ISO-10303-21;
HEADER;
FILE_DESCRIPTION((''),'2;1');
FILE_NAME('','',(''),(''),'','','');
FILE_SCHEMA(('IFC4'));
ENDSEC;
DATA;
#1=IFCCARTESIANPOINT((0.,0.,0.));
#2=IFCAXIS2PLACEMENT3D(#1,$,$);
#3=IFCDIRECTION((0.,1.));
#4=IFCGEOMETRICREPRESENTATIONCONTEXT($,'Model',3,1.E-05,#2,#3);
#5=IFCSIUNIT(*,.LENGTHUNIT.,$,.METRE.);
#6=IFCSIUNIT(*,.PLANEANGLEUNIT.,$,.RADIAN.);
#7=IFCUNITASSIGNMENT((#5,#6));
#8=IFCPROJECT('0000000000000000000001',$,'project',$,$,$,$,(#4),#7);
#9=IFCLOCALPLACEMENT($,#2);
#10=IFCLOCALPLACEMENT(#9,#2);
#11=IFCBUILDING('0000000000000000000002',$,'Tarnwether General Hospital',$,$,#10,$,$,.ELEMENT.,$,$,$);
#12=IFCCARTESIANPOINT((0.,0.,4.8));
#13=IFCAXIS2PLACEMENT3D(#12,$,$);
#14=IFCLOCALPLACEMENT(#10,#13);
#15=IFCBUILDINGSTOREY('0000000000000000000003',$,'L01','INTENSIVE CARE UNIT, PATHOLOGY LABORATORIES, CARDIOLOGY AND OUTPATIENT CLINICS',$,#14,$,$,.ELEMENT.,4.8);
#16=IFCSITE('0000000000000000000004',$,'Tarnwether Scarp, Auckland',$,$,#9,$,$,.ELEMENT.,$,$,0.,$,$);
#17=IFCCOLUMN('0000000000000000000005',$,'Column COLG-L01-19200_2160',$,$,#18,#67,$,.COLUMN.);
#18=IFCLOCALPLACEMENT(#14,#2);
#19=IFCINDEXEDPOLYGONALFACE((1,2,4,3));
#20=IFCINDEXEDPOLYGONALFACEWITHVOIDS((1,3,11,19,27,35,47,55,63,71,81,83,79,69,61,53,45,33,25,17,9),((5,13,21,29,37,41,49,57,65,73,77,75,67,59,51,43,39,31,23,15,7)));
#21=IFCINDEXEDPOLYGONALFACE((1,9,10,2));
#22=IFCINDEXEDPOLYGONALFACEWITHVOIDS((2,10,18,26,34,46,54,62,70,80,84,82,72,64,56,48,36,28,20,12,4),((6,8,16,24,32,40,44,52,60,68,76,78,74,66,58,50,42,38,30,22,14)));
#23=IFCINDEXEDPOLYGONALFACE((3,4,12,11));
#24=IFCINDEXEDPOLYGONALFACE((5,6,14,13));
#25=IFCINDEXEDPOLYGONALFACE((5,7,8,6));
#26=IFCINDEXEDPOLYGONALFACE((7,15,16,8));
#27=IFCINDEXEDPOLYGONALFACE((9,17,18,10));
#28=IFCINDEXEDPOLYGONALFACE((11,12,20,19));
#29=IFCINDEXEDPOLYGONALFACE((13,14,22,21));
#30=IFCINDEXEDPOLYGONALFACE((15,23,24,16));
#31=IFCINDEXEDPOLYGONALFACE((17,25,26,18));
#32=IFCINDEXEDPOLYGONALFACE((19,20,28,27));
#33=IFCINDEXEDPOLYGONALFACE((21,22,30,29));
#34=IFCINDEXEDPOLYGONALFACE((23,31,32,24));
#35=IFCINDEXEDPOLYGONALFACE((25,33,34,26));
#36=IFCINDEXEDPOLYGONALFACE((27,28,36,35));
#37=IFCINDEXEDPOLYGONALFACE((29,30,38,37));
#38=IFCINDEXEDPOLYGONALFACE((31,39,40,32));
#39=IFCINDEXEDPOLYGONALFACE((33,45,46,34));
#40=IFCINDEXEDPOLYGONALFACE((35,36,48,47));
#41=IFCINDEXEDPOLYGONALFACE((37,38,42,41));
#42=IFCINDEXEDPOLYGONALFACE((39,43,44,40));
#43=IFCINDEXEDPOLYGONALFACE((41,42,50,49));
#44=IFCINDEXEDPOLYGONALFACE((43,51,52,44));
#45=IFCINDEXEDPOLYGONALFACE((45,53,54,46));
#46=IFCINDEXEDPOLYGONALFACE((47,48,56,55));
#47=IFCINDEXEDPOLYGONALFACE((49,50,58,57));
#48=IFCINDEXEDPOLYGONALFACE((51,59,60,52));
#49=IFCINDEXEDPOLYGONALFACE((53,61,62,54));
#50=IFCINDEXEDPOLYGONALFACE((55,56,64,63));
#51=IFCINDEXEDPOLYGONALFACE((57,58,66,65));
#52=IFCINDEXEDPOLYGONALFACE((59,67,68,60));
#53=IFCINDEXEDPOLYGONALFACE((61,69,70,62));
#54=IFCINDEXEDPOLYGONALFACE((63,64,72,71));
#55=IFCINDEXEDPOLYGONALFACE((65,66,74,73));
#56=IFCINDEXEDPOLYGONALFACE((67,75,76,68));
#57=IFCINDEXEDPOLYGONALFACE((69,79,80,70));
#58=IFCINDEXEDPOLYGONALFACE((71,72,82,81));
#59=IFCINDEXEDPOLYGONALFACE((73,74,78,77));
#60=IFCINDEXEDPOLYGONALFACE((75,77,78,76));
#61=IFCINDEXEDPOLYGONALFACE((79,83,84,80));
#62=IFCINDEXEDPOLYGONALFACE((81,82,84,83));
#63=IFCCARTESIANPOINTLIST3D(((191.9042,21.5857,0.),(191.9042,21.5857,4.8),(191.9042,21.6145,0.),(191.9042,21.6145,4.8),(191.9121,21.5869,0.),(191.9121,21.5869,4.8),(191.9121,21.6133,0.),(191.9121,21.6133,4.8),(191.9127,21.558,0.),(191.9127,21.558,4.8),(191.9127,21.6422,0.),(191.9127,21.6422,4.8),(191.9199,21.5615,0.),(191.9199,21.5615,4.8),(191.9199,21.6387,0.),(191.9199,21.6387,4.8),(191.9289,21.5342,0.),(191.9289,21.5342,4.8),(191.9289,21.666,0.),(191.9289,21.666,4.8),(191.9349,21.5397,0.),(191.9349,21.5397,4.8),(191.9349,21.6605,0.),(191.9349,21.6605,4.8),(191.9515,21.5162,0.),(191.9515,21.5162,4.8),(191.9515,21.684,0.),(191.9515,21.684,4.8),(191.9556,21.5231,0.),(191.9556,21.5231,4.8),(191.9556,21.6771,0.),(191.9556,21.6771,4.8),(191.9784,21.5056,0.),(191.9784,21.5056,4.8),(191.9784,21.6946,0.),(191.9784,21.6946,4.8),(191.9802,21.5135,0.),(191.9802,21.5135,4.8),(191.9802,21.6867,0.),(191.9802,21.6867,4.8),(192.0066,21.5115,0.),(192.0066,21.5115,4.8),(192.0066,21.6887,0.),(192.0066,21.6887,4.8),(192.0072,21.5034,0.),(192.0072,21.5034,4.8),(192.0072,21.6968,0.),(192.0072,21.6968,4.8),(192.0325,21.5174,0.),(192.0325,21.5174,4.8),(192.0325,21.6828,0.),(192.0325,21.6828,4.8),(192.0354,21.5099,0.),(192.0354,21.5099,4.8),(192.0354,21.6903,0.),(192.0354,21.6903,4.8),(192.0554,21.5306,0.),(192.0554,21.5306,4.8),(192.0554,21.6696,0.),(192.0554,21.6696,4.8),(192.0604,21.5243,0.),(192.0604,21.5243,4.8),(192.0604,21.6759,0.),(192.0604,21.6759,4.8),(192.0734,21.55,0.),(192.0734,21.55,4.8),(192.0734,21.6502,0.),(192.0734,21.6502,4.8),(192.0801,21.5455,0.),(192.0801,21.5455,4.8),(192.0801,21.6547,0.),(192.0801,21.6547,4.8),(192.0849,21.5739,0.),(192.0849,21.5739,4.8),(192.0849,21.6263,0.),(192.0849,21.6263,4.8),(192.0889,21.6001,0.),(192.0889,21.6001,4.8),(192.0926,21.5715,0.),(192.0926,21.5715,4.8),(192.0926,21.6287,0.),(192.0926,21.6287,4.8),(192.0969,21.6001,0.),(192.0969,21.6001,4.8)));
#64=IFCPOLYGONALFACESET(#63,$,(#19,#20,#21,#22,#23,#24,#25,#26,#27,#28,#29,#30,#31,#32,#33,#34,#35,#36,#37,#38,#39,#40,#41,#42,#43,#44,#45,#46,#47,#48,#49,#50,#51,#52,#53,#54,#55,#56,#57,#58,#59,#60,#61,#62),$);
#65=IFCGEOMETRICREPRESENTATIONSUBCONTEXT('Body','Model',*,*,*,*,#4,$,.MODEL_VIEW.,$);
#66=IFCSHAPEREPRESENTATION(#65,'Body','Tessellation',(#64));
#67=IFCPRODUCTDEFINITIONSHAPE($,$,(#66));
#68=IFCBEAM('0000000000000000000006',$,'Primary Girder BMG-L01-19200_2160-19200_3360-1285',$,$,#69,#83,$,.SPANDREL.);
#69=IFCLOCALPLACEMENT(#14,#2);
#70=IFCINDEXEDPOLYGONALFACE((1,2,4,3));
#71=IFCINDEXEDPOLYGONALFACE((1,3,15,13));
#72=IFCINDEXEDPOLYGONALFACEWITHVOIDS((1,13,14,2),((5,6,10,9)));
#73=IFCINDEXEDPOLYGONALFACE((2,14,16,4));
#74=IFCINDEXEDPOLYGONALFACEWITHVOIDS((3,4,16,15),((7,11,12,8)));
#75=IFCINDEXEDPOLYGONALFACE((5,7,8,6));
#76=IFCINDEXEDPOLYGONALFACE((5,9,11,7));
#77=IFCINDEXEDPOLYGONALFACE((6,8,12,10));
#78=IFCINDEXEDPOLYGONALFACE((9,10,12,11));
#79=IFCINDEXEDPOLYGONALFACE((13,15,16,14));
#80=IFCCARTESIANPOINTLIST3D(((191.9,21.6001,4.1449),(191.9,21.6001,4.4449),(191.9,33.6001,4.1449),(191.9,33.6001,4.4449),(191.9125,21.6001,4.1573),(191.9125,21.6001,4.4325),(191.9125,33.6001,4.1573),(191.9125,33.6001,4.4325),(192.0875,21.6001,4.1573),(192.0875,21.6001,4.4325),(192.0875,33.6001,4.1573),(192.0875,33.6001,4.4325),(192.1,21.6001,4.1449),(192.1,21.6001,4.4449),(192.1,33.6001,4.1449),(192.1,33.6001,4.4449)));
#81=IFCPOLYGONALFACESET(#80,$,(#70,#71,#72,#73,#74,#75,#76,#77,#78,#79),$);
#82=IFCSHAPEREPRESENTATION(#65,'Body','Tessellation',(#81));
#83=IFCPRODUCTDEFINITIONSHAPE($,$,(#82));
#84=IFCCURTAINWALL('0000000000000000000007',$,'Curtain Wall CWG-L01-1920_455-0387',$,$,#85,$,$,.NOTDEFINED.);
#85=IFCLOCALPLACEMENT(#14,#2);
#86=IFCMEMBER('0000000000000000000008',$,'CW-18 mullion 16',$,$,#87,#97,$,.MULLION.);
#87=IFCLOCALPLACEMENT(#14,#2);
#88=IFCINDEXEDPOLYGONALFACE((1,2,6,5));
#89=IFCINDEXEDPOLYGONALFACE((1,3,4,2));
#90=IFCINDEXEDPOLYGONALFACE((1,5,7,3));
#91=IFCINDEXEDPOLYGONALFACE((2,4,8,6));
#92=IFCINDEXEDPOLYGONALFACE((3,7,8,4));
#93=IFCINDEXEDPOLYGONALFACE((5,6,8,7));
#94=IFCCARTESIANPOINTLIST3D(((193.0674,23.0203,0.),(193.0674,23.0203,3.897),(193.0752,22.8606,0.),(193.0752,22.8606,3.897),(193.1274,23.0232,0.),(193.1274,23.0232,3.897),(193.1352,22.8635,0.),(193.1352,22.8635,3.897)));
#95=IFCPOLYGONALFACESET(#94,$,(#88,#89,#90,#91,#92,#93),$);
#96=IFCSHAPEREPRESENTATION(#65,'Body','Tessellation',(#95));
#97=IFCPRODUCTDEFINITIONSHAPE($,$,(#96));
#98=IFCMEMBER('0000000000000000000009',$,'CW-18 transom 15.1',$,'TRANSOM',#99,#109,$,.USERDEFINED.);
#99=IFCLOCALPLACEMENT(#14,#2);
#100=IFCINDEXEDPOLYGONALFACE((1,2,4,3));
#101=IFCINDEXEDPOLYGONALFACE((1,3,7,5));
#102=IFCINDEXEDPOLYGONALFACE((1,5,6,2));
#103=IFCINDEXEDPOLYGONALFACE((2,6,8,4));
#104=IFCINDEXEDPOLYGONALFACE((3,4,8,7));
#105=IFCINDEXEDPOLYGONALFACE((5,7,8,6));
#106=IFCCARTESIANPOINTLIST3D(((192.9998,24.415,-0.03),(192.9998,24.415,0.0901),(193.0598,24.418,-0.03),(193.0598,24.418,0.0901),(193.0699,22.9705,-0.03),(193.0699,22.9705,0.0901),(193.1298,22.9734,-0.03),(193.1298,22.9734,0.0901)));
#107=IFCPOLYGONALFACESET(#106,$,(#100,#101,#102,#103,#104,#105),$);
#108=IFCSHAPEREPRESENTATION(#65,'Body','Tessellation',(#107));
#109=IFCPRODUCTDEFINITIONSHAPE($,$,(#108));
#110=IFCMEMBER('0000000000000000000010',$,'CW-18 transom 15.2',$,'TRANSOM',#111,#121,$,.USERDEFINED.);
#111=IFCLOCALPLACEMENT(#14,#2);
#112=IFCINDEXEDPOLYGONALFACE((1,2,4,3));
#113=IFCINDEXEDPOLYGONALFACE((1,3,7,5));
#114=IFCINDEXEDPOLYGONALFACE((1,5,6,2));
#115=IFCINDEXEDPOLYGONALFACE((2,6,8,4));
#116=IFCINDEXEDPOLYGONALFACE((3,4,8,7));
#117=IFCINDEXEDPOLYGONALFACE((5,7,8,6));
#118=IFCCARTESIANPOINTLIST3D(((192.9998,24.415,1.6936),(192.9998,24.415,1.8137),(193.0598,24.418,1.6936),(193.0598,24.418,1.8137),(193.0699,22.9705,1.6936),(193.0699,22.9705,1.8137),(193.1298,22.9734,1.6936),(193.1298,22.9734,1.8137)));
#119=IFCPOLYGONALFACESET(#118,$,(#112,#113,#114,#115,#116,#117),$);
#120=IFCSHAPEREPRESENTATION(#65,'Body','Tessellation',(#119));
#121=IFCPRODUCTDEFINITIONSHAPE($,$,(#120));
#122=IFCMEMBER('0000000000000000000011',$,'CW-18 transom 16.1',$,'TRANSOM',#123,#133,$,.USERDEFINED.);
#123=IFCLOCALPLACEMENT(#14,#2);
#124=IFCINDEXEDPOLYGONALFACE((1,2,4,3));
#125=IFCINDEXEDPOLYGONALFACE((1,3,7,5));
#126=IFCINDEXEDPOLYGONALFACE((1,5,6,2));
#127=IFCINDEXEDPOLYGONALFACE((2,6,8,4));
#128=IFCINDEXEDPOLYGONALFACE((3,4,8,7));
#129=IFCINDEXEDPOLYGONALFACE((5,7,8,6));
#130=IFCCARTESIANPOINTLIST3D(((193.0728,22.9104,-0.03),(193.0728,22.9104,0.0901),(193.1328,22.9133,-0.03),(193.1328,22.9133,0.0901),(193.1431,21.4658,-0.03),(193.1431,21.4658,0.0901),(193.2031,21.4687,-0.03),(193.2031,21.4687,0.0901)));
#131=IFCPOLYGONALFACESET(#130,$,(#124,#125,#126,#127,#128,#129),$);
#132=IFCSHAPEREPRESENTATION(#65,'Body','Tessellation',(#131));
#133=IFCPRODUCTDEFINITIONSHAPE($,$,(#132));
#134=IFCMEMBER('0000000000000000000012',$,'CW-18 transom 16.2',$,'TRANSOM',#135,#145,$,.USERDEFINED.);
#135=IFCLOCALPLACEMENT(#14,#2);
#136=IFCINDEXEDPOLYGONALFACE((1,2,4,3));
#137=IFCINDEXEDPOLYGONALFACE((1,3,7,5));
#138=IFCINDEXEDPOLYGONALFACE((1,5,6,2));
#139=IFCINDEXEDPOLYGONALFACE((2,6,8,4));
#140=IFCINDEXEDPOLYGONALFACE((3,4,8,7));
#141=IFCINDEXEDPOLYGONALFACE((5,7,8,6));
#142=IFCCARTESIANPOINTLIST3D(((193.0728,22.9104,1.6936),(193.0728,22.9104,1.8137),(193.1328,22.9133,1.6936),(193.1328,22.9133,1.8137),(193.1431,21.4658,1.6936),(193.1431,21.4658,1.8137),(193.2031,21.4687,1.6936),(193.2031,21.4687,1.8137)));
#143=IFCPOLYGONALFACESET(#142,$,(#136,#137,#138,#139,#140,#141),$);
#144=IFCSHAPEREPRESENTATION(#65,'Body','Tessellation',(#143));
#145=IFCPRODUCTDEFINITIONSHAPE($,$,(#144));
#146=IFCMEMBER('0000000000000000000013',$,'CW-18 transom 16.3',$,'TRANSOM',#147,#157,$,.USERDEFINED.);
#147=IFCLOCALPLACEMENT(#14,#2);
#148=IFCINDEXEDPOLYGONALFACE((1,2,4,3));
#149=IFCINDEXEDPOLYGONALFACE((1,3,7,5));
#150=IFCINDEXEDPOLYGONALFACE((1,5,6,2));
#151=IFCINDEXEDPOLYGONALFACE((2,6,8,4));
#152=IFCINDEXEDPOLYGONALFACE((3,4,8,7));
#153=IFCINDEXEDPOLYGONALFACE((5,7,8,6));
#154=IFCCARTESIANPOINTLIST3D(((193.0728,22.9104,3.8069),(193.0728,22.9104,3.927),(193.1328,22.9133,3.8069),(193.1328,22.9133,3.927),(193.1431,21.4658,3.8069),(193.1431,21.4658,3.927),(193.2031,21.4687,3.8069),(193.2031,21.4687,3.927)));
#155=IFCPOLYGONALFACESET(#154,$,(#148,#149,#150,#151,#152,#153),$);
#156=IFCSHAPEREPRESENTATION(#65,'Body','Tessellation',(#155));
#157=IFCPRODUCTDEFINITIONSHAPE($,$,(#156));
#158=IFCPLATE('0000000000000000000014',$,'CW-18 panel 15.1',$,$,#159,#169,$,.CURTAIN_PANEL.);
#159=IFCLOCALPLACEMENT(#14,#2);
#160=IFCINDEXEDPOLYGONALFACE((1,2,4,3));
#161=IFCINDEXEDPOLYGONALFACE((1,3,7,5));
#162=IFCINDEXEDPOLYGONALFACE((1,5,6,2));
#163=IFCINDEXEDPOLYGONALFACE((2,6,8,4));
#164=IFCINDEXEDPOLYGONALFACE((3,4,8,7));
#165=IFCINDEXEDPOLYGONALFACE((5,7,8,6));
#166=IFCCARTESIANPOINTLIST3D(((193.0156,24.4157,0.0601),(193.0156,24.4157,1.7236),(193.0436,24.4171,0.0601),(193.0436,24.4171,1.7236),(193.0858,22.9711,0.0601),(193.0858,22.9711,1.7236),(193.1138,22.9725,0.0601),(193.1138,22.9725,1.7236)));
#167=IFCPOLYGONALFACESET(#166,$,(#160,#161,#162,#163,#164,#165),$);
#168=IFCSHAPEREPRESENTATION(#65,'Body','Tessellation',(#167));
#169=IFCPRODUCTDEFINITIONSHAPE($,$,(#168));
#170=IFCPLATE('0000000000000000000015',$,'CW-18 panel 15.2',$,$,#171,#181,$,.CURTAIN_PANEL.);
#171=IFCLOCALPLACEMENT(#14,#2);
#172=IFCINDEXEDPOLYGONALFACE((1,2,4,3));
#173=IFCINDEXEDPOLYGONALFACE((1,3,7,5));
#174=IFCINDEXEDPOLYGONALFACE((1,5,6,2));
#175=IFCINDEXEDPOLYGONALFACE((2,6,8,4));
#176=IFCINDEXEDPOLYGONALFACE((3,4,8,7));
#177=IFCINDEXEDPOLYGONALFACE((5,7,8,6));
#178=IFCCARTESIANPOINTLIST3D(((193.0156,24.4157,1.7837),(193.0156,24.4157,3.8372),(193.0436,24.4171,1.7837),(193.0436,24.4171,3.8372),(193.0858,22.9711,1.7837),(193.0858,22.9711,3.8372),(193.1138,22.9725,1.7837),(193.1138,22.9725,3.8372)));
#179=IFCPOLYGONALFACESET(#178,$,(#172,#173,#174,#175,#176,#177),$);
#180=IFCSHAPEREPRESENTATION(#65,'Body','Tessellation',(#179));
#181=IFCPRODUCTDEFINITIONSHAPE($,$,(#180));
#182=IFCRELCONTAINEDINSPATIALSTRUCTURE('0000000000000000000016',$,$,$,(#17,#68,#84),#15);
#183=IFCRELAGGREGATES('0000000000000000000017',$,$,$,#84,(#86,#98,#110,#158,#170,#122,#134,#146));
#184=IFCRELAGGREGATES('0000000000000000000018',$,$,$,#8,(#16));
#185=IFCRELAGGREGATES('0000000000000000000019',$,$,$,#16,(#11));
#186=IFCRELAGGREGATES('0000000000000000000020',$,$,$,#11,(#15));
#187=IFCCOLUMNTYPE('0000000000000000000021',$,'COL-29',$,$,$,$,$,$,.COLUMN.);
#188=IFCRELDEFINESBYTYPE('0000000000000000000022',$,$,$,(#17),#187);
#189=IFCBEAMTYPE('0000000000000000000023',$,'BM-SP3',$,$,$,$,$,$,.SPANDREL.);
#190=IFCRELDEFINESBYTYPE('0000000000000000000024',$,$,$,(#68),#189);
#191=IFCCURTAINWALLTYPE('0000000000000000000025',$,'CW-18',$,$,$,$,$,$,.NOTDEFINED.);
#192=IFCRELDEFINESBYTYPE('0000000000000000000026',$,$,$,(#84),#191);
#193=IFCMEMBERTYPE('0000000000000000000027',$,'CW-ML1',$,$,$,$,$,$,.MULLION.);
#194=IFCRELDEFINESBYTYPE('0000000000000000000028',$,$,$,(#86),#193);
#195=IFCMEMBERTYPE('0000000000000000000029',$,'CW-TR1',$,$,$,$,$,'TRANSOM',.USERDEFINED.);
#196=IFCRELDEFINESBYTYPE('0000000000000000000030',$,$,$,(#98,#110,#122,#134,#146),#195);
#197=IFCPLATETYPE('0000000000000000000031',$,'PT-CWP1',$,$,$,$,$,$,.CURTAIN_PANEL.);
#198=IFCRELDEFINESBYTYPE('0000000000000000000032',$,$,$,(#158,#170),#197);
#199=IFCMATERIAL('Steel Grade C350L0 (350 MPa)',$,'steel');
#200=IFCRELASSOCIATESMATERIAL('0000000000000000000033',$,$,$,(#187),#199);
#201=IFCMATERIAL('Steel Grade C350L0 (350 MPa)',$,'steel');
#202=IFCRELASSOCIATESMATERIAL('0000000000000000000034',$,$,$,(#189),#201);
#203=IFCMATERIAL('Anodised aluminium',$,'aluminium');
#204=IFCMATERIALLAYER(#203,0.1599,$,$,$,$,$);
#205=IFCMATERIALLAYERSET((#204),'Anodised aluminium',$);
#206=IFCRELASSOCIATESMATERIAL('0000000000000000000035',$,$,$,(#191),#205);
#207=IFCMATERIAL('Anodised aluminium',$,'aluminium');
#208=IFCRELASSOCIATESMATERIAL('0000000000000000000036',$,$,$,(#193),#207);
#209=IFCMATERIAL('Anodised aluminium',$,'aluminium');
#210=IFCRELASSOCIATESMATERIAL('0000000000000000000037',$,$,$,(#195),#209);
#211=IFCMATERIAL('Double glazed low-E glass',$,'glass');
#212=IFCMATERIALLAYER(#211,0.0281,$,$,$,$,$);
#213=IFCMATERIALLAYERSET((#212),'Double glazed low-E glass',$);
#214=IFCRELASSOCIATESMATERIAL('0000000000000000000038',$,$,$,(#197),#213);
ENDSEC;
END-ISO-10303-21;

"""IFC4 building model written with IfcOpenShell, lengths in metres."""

from ifc_helpers import new_model, si_unit, direction, frame, origin, origin_2d, place, context, subcontext, project, spatial, rectangle, hollow_rectangle, hollow_circle, extrude, material, layer, layer_set, material_profile, profile_set, type_object, element, aggregate, save


model = new_model("IFC4")

# Units and contexts
model_context = context("Model", 3, precision=1e-05, world=origin(), true_north=direction((0.0, 1.0)))
body_context = subcontext(model_context, "Body", "Model", "MODEL_VIEW")
ifc_project = project(units=[si_unit("LENGTHUNIT", "METRE"), si_unit("PLANEANGLEUNIT", "RADIAN")], contexts=[model_context])

# Site, building, storey
site_placement = place(None, origin())
site = spatial("IfcSite", under=ifc_project, at=site_placement, Name="Tarnwether Scarp, Auckland", CompositionType="ELEMENT", RefElevation=0.0)
building_placement = place(site_placement, origin())
building = spatial("IfcBuilding", under=site, at=building_placement, Name="Tarnwether General Hospital", CompositionType="ELEMENT")
storey_placement = place(building_placement, frame((0.0, 0.0, 4.8)))
storey = spatial("IfcBuildingStorey", under=building, at=storey_placement, Name="L01", Description="INTENSIVE CARE UNIT, PATHOLOGY LABORATORIES, CARDIOLOGY AND OUTPATIENT CLINICS", CompositionType="ELEMENT", Elevation=4.8)

# Column
ifc_material_1 = material(Name="Steel Grade C350L0 (350 MPa)", Category="steel")
ifc_material_profile_1 = material_profile(ifc_material_1, hollow_circle(Radius=0.0969, WallThickness=0.0081, at=origin_2d()), Name="CHS193.7x8.0")
ifc_profile_set_1 = profile_set([ifc_material_profile_1], Name="Steel Grade C350L0 (350 MPa)")
column_type = type_object("IfcColumnType", Name="COL-29", PredefinedType="COLUMN", material=ifc_profile_set_1)
column_placement = place(storey_placement, frame((192.0, 21.6001, 0.0), z_axis=(0.0, 0.0, 1.0), x_axis=(1.0, 0.0, 0.0)))
element("IfcColumn", 1, at=column_placement, inside=storey, type_object=column_type, Name="Column COLG-L01-19200_2160", PredefinedType="COLUMN", context=body_context, shape_type="SweptSolid", body=[
    extrude(hollow_circle(Radius=0.0969, WallThickness=0.0081, at=origin_2d()), origin(), (0.0, 0.0, 1.0), 4.8),
])

# Beam
ifc_material_2 = material(Name="Steel Grade C350L0 (350 MPa)", Category="steel")
ifc_material_profile_2 = material_profile(ifc_material_2, hollow_rectangle(XDim=0.2, YDim=0.3, WallThickness=0.0125, at=origin_2d()), Name="RHS300x200x12.5")
ifc_profile_set_2 = profile_set([ifc_material_profile_2], Name="Steel Grade C350L0 (350 MPa)")
beam_type = type_object("IfcBeamType", Name="BM-SP3", PredefinedType="SPANDREL", material=ifc_profile_set_2)
beam_placement = place(storey_placement, frame((192.0, 21.6001, 4.2949), z_axis=(0.0, 1.0, 0.0), x_axis=(-1.0, 0.0, 0.0)))
element("IfcBeam", 2, at=beam_placement, inside=storey, type_object=beam_type, Name="Primary Girder BMG-L01-19200_2160-19200_3360-1285", PredefinedType="SPANDREL", context=body_context, shape_type="SweptSolid", body=[
    extrude(hollow_rectangle(XDim=0.2, YDim=0.3, WallThickness=0.0125, at=origin_2d()), origin(), (0.0, 0.0, 1.0), 12.0),
])

# Curtain wall, members, plates
ifc_material_3 = material(Name="Anodised aluminium", Category="aluminium")
ifc_layer_1 = layer(ifc_material_3, 0.1599)
ifc_layer_set_1 = layer_set([ifc_layer_1], Name="Anodised aluminium")
curtain_wall_type = type_object("IfcCurtainWallType", Name="CW-18", PredefinedType="NOTDEFINED", material=ifc_layer_set_1)
curtain_wall_placement = place(storey_placement, origin())
curtain_wall = element("IfcCurtainWall", 3, at=curtain_wall_placement, inside=storey, type_object=curtain_wall_type, Name="Curtain Wall CWG-L01-1920_455-0387", PredefinedType="NOTDEFINED")
ifc_material_4 = material(Name="Anodised aluminium", Category="aluminium")
ifc_material_profile_3 = material_profile(ifc_material_4, rectangle(XDim=0.0601, YDim=0.1599, at=origin_2d()), Name="ALU-MUL-60x160")
ifc_profile_set_3 = profile_set([ifc_material_profile_3], Name="Anodised aluminium")
member_type_1 = type_object("IfcMemberType", Name="CW-ML1", PredefinedType="MULLION", material=ifc_profile_set_3)
member_1_placement = place(storey_placement, frame((193.1013, 22.9419, 0.0), z_axis=(0.0, 0.0, 1.0), x_axis=(0.99882, 0.04857, 0.0)))
member_1 = element("IfcMember", 4, at=member_1_placement, type_object=member_type_1, Name="CW-18 mullion 16", PredefinedType="MULLION", context=body_context, shape_type="SweptSolid", body=[
    extrude(rectangle(XDim=0.0601, YDim=0.1599, at=origin_2d()), origin(), (0.0, 0.0, 1.0), 3.897),
])
ifc_material_5 = material(Name="Anodised aluminium", Category="aluminium")
ifc_material_profile_4 = material_profile(ifc_material_5, rectangle(XDim=0.0601, YDim=0.1201, at=origin_2d()), Name="ALU-TRN-60x120")
ifc_profile_set_4 = profile_set([ifc_material_profile_4], Name="Anodised aluminium")
member_type_2 = type_object("IfcMemberType", Name="CW-TR1", ElementType="TRANSOM", PredefinedType="USERDEFINED", material=ifc_profile_set_4)
member_2_placement = place(storey_placement, frame((193.0298, 24.4165, 0.03), z_axis=(0.048447, -0.998826, 0.0), x_axis=(0.998826, 0.048447, 0.0)))
member_2 = element("IfcMember", 5, at=member_2_placement, type_object=member_type_2, Name="CW-18 transom 15.1", ObjectType="TRANSOM", PredefinedType="USERDEFINED", context=body_context, shape_type="SweptSolid", body=[
    extrude(rectangle(XDim=0.0601, YDim=0.1201, at=origin_2d()), origin(), (0.0, 0.0, 1.0), 1.4463),
])
member_3_placement = place(storey_placement, frame((193.0298, 24.4165, 1.7537), z_axis=(0.048447, -0.998826, 0.0), x_axis=(0.998826, 0.048447, 0.0)))
member_3 = element("IfcMember", 6, at=member_3_placement, type_object=member_type_2, Name="CW-18 transom 15.2", ObjectType="TRANSOM", PredefinedType="USERDEFINED", context=body_context, shape_type="SweptSolid", body=[
    extrude(rectangle(XDim=0.0601, YDim=0.1201, at=origin_2d()), origin(), (0.0, 0.0, 1.0), 1.4463),
])
member_4_placement = place(storey_placement, frame((193.1028, 22.9119, 0.03), z_axis=(0.048616, -0.998818, 0.0), x_axis=(0.998818, 0.048616, 0.0)))
member_4 = element("IfcMember", 7, at=member_4_placement, type_object=member_type_2, Name="CW-18 transom 16.1", ObjectType="TRANSOM", PredefinedType="USERDEFINED", context=body_context, shape_type="SweptSolid", body=[
    extrude(rectangle(XDim=0.0601, YDim=0.1201, at=origin_2d()), origin(), (0.0, 0.0, 1.0), 1.4463),
])
member_5_placement = place(storey_placement, frame((193.1028, 22.9119, 1.7537), z_axis=(0.048616, -0.998818, 0.0), x_axis=(0.998818, 0.048616, 0.0)))
member_5 = element("IfcMember", 8, at=member_5_placement, type_object=member_type_2, Name="CW-18 transom 16.2", ObjectType="TRANSOM", PredefinedType="USERDEFINED", context=body_context, shape_type="SweptSolid", body=[
    extrude(rectangle(XDim=0.0601, YDim=0.1201, at=origin_2d()), origin(), (0.0, 0.0, 1.0), 1.4463),
])
member_6_placement = place(storey_placement, frame((193.1028, 22.9119, 3.8669), z_axis=(0.048616, -0.998818, 0.0), x_axis=(0.998818, 0.048616, 0.0)))
member_6 = element("IfcMember", 9, at=member_6_placement, type_object=member_type_2, Name="CW-18 transom 16.3", ObjectType="TRANSOM", PredefinedType="USERDEFINED", context=body_context, shape_type="SweptSolid", body=[
    extrude(rectangle(XDim=0.0601, YDim=0.1201, at=origin_2d()), origin(), (0.0, 0.0, 1.0), 1.4463),
])
ifc_material_6 = material(Name="Double glazed low-E glass", Category="glass")
ifc_layer_2 = layer(ifc_material_6, 0.0281)
ifc_layer_set_2 = layer_set([ifc_layer_2], Name="Double glazed low-E glass")
plate_type_1 = type_object("IfcPlateType", Name="PT-CWP1", PredefinedType="CURTAIN_PANEL", material=ifc_layer_set_2)
plate_1_placement = place(storey_placement, frame((193.0647, 23.6941, 0.0601), z_axis=(0.0, 0.0, 1.0), x_axis=(0.04857, -0.99882, 0.0)))
plate_1 = element("IfcPlate", 10, at=plate_1_placement, type_object=plate_type_1, Name="CW-18 panel 15.1", PredefinedType="CURTAIN_PANEL", context=body_context, shape_type="SweptSolid", body=[
    extrude(rectangle(XDim=1.4463, YDim=0.0281, at=origin_2d()), origin(), (0.0, 0.0, 1.0), 1.6636),
])
plate_2_placement = place(storey_placement, frame((193.0647, 23.6941, 1.7837), z_axis=(0.0, 0.0, 1.0), x_axis=(0.04857, -0.99882, 0.0)))
plate_2 = element("IfcPlate", 11, at=plate_2_placement, type_object=plate_type_1, Name="CW-18 panel 15.2", PredefinedType="CURTAIN_PANEL", context=body_context, shape_type="SweptSolid", body=[
    extrude(rectangle(XDim=1.4463, YDim=0.0281, at=origin_2d()), origin(), (0.0, 0.0, 1.0), 2.0535),
])
aggregate(curtain_wall, [member_1, member_2, member_3, plate_1, plate_2, member_4, member_5, member_6])

save(model, "model.ifc")
